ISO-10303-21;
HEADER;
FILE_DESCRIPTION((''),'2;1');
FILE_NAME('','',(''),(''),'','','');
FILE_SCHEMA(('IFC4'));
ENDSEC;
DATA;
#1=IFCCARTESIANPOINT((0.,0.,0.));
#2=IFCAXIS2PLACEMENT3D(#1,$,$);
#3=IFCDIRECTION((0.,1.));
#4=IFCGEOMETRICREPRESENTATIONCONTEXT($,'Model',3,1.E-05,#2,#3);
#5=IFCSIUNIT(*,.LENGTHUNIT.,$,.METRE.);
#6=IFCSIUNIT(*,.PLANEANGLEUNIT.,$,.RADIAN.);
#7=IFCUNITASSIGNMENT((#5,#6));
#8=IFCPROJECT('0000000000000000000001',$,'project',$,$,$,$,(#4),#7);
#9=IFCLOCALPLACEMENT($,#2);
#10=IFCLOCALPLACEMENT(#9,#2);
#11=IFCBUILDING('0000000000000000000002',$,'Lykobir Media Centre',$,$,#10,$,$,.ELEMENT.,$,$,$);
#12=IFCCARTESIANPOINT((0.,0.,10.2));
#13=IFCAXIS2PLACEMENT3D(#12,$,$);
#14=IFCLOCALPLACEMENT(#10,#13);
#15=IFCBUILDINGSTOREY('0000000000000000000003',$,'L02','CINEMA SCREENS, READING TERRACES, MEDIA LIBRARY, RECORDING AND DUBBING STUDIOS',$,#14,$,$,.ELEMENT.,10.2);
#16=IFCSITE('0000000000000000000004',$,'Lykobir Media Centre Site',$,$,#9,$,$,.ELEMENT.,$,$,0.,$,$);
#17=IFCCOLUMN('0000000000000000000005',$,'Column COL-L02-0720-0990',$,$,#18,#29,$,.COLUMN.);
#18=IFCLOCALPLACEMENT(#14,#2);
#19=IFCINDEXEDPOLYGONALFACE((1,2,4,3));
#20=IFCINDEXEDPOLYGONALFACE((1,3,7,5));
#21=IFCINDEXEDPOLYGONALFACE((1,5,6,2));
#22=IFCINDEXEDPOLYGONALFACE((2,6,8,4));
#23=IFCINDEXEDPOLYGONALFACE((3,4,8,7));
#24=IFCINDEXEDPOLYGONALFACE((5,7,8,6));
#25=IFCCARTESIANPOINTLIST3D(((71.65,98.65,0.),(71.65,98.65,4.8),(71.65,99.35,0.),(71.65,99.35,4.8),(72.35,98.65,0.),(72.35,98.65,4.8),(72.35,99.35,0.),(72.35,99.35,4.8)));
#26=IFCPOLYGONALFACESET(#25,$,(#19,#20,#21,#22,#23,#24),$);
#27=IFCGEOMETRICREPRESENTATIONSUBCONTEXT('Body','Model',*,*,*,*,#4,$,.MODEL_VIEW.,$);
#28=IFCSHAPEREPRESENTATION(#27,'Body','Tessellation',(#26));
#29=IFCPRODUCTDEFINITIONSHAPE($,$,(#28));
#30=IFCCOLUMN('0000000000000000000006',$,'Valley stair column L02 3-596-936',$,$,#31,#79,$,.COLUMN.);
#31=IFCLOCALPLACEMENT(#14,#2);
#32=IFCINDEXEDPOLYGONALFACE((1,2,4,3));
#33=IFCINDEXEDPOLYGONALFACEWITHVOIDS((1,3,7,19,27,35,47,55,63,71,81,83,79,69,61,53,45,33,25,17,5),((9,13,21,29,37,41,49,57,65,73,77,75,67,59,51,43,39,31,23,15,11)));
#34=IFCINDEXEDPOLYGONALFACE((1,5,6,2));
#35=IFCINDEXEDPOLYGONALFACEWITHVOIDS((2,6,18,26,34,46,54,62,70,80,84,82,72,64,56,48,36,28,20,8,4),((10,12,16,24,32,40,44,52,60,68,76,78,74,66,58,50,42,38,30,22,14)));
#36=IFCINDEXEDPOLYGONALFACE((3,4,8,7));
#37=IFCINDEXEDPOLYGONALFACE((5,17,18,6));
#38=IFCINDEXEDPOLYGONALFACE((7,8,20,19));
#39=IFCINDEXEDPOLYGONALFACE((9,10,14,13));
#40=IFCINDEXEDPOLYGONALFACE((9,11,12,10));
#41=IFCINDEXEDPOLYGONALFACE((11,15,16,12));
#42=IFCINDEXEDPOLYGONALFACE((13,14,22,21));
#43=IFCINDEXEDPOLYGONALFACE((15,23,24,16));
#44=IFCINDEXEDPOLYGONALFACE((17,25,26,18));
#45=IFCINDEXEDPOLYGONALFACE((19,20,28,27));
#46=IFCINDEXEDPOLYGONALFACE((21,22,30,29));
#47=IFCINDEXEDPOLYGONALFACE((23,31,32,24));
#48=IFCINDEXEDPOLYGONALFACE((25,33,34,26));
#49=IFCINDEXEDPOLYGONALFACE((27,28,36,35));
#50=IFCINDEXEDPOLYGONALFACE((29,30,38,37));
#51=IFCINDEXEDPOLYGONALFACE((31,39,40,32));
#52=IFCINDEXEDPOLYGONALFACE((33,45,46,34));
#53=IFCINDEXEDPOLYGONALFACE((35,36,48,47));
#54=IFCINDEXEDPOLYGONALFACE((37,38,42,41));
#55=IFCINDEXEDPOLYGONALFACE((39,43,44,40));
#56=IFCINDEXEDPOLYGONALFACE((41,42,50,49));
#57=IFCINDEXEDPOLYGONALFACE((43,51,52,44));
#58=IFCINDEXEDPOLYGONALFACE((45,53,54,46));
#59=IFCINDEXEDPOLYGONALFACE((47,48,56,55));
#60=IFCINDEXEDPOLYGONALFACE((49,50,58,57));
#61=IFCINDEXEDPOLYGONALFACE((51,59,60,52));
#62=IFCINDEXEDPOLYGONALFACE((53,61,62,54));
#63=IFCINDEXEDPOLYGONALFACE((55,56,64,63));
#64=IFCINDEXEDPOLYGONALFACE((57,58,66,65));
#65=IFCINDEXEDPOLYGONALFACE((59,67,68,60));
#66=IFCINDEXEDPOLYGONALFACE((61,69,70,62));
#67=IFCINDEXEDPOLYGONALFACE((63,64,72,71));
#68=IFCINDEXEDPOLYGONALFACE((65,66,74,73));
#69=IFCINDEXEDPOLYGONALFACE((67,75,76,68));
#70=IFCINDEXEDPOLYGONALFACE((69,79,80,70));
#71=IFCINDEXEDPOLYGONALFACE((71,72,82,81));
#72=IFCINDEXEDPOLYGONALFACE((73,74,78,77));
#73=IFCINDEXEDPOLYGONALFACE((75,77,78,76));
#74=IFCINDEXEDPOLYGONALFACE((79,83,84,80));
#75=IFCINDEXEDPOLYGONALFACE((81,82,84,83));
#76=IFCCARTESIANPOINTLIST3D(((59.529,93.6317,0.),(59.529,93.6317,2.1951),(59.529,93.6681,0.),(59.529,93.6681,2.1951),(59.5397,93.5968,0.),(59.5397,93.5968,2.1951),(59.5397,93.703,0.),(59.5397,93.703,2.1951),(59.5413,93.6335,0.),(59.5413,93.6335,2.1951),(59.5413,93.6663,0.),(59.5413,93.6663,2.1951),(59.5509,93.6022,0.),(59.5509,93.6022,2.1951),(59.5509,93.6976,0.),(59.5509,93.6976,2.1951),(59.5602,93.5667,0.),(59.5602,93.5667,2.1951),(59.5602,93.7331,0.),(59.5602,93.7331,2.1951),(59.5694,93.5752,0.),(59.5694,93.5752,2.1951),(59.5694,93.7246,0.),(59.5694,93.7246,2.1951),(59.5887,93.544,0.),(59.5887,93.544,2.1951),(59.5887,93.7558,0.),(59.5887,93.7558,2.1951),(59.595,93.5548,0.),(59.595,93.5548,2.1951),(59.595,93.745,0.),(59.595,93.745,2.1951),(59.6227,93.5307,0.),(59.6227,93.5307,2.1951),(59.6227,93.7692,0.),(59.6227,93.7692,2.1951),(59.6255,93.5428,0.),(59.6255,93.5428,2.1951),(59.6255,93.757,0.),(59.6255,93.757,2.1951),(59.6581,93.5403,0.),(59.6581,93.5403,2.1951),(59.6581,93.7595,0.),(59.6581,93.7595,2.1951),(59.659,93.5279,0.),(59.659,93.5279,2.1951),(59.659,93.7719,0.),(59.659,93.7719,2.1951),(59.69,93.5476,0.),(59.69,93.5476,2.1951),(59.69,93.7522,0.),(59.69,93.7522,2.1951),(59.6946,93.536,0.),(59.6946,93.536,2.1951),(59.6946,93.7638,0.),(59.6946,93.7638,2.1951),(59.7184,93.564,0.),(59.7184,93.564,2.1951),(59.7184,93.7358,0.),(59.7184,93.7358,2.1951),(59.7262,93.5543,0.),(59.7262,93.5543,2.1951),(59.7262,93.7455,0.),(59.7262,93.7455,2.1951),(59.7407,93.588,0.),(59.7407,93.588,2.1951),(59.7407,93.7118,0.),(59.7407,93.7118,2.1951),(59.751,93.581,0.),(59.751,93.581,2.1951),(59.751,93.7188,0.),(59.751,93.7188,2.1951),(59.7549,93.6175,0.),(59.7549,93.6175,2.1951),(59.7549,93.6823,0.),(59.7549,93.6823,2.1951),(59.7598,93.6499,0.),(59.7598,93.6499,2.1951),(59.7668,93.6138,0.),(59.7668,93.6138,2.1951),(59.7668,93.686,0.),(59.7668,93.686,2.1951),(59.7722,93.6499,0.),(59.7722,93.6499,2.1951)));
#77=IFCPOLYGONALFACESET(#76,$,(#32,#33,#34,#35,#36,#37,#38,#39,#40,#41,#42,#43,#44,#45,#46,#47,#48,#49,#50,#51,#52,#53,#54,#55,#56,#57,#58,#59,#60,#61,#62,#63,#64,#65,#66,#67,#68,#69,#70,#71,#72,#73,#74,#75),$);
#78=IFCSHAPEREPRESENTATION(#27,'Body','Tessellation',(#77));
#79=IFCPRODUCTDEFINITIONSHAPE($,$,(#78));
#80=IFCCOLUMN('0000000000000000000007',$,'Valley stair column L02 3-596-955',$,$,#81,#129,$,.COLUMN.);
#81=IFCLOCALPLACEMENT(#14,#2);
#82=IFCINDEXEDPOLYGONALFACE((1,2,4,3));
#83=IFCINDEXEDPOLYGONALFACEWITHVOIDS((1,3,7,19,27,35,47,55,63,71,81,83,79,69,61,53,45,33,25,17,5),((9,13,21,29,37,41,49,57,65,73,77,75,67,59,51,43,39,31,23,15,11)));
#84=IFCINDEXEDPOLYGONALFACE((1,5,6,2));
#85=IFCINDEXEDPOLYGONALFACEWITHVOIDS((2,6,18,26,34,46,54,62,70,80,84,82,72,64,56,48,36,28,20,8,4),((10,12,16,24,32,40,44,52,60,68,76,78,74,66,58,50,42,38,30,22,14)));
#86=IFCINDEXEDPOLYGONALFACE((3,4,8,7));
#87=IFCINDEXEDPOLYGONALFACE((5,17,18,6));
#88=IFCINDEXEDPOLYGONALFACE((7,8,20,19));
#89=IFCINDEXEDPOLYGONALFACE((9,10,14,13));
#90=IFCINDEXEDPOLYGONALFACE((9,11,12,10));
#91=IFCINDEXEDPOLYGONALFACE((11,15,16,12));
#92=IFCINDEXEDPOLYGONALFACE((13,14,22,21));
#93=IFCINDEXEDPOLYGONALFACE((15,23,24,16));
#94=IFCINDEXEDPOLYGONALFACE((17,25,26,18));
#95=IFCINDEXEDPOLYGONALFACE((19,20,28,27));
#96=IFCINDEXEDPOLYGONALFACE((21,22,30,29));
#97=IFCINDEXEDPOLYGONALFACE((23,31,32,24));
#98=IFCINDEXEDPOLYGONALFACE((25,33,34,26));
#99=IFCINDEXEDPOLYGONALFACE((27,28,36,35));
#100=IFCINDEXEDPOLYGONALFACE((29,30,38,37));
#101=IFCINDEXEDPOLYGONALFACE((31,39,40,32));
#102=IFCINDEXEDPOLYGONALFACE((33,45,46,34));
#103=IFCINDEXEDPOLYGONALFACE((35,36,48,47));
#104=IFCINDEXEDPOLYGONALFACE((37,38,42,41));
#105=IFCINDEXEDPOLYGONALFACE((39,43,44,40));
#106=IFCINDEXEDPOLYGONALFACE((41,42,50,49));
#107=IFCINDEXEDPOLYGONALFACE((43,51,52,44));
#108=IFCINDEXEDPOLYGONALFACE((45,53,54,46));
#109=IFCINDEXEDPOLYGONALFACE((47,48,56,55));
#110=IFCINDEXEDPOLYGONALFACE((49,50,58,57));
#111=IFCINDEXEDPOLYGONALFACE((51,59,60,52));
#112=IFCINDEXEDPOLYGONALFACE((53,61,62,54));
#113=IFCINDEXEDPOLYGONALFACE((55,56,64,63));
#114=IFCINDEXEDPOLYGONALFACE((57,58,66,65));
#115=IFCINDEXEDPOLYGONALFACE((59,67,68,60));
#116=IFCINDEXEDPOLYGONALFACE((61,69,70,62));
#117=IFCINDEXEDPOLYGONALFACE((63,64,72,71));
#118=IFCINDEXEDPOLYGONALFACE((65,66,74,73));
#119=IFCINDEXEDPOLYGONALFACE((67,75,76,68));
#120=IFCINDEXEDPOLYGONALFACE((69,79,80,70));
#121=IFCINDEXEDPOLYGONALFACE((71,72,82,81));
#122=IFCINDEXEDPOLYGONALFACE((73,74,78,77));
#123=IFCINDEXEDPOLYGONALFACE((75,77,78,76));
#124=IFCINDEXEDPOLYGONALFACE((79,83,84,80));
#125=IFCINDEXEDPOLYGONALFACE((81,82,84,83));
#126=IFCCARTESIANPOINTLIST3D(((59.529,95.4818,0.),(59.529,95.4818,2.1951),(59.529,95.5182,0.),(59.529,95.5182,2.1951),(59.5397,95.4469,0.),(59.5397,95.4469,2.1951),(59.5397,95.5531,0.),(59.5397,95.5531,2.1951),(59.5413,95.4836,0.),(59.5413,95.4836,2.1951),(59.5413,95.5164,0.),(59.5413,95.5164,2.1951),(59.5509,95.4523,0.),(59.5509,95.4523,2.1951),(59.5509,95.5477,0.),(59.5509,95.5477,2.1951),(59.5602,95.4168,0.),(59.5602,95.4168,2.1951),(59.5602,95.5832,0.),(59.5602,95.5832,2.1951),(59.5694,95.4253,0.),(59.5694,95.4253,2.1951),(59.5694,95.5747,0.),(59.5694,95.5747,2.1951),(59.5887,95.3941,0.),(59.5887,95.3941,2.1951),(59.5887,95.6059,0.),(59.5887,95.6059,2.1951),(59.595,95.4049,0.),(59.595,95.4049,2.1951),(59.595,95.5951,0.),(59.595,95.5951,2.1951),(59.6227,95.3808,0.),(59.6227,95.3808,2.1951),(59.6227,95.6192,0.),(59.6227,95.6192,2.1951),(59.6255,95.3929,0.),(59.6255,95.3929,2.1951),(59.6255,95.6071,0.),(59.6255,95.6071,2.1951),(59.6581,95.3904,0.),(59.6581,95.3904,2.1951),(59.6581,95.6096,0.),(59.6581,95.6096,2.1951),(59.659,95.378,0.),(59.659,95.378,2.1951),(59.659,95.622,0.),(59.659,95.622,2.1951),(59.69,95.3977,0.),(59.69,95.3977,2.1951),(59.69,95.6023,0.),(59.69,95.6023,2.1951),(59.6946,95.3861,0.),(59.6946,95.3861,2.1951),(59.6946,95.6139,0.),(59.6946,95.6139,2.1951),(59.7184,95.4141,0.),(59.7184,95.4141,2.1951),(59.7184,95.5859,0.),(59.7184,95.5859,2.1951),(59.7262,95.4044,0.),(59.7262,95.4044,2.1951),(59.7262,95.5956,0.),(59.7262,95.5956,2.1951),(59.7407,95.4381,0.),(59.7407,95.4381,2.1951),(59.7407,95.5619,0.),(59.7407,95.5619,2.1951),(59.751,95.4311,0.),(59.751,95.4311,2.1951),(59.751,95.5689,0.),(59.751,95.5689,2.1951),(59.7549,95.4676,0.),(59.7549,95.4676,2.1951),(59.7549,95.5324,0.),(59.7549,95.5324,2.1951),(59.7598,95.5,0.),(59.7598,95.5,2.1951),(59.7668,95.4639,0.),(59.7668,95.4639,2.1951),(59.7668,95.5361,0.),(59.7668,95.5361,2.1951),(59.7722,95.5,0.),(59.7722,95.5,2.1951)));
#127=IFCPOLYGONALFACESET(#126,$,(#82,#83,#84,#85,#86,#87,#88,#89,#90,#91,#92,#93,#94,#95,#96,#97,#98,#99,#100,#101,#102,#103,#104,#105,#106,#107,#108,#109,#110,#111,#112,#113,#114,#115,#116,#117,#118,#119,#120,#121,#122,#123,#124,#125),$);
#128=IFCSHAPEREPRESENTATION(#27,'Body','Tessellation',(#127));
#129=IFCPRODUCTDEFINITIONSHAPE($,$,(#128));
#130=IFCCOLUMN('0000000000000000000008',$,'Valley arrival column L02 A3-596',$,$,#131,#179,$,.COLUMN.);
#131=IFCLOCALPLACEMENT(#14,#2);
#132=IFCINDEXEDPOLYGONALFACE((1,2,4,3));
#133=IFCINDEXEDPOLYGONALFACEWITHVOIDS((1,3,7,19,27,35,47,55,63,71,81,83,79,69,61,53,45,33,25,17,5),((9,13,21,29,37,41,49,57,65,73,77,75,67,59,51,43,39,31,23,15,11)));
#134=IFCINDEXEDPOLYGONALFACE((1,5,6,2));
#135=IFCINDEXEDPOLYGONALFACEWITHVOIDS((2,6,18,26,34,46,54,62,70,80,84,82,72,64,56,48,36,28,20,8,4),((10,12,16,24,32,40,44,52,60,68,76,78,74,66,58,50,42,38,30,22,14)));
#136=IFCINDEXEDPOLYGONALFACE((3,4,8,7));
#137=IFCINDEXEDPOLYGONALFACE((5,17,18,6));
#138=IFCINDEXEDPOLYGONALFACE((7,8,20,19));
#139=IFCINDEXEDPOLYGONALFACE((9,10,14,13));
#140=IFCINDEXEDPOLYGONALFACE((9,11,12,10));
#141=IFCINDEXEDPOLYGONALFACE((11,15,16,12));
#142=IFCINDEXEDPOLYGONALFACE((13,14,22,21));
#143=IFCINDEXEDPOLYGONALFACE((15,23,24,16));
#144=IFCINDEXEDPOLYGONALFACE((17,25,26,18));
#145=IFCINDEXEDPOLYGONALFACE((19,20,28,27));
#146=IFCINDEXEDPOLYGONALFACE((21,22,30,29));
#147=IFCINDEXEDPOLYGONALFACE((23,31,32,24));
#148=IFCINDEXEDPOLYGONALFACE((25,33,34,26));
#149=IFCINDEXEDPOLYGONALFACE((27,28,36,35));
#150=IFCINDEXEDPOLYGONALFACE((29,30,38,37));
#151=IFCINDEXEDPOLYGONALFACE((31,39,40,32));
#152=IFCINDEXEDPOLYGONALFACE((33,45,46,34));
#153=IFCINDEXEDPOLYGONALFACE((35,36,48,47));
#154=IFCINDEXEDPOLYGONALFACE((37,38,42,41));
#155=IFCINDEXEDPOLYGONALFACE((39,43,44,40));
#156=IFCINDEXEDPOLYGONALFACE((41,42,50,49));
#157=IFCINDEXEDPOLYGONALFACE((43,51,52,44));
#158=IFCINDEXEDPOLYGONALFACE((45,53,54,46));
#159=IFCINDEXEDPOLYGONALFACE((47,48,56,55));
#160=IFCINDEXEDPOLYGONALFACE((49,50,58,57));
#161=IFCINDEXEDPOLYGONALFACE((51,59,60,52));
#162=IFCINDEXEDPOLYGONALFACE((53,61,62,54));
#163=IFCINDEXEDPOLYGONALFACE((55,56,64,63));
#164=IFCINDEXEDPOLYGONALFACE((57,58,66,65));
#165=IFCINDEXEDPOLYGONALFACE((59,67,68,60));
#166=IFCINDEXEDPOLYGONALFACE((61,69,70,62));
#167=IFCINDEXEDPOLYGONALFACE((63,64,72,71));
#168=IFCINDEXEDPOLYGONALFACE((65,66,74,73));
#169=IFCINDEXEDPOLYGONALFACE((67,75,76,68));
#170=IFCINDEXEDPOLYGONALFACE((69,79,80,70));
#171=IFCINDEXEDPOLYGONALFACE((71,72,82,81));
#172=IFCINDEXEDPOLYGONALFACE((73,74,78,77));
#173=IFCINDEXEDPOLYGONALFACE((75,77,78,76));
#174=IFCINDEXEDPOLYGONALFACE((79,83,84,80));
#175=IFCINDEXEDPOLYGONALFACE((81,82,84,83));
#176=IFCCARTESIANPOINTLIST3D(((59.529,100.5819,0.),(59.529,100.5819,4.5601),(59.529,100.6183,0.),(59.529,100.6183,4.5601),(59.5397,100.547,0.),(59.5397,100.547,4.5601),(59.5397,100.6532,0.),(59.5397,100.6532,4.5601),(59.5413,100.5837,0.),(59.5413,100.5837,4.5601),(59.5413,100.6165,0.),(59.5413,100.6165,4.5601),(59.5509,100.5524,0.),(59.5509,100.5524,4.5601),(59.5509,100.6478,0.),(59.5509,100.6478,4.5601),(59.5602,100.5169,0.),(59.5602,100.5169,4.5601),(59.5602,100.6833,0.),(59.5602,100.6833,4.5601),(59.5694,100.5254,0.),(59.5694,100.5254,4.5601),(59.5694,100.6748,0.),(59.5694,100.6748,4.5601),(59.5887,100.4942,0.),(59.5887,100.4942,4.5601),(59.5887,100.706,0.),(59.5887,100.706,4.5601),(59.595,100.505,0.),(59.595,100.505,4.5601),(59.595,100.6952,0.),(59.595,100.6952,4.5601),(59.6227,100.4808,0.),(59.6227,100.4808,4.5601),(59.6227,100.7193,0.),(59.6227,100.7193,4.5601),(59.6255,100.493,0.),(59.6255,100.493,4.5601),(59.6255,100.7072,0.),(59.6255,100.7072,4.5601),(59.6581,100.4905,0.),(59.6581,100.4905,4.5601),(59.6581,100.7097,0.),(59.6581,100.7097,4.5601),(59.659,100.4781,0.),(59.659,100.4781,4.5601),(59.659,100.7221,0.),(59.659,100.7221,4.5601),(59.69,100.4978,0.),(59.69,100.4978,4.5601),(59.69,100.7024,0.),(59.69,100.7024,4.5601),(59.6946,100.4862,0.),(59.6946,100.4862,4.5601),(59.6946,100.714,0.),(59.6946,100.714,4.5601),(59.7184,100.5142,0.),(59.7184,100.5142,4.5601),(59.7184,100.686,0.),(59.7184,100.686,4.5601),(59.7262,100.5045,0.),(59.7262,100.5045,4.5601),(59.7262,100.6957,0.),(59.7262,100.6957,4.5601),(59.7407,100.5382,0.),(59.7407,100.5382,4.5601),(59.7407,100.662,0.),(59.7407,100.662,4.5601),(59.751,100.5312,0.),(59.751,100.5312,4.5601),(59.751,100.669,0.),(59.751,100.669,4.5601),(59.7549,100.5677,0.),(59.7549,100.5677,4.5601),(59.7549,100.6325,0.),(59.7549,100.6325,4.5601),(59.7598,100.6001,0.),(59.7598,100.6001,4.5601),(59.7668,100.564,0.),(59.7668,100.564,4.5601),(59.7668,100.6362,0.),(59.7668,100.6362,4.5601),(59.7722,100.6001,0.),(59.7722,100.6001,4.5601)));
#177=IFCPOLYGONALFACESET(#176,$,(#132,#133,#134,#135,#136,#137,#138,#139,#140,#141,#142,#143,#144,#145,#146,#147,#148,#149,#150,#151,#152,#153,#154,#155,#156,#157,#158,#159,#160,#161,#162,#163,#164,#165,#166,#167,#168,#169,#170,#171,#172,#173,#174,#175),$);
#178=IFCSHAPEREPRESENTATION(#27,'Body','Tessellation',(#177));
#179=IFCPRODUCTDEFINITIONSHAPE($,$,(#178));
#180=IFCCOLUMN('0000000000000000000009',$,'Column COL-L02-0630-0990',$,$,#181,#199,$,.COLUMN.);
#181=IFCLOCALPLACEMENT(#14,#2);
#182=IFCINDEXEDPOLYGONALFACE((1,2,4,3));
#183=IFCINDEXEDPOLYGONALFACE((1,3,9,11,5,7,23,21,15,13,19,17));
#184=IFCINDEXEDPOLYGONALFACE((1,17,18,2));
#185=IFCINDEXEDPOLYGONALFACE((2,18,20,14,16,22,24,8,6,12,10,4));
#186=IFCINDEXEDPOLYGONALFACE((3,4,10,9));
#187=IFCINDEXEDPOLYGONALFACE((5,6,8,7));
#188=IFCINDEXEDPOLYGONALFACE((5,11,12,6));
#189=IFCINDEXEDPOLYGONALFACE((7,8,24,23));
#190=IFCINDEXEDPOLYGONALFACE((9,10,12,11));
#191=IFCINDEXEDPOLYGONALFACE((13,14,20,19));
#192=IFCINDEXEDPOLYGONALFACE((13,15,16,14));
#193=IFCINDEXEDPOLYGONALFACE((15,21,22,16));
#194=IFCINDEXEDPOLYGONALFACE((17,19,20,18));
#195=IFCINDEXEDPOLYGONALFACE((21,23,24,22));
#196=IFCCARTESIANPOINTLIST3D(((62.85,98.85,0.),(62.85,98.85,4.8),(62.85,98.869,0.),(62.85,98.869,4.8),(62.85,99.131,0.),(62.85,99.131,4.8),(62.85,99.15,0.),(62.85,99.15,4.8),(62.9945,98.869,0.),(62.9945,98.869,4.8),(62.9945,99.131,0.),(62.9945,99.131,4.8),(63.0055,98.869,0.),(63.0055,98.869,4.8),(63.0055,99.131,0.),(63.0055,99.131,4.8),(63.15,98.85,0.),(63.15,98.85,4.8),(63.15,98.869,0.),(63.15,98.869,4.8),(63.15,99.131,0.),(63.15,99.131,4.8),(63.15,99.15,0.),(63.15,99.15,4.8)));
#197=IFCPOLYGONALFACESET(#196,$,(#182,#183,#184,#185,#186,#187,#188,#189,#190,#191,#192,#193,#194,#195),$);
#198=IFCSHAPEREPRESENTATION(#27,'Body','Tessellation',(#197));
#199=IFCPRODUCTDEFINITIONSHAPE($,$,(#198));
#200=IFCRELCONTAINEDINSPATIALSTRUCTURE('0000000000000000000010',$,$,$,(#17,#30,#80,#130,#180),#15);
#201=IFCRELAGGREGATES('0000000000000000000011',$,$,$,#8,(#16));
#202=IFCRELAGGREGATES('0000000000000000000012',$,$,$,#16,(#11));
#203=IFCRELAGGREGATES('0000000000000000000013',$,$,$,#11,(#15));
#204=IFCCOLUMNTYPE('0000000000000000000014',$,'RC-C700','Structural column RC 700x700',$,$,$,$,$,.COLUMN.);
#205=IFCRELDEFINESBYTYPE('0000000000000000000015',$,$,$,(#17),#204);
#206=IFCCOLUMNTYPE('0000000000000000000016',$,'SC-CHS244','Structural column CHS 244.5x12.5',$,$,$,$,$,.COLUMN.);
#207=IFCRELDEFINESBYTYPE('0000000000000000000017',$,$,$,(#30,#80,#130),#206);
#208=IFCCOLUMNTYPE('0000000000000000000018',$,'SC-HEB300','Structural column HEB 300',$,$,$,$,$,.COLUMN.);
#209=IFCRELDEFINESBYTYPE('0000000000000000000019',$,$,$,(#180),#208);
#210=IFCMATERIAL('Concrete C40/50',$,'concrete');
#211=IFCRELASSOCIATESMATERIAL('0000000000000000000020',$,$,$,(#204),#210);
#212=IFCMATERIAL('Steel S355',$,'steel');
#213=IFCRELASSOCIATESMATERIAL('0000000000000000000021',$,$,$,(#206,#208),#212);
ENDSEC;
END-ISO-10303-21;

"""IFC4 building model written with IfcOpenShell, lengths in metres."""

from ifc_helpers import new_model, si_unit, direction, frame, origin, origin_2d, place, context, subcontext, project, spatial, rectangle, hollow_circle, i_section, extrude, material, material_profile, profile_set, type_object, element, save


model = new_model("IFC4")

# Units and contexts
model_context = context("Model", 3, precision=1e-05, world=origin(), true_north=direction((0.0, 1.0)))
body_context = subcontext(model_context, "Body", "Model", "MODEL_VIEW")
ifc_project = project(units=[si_unit("LENGTHUNIT", "METRE"), si_unit("PLANEANGLEUNIT", "RADIAN")], contexts=[model_context])

# Site, building, storey
site_placement = place(None, origin())
site = spatial("IfcSite", under=ifc_project, at=site_placement, Name="Lykobir Media Centre Site", CompositionType="ELEMENT", RefElevation=0.0)
building_placement = place(site_placement, origin())
building = spatial("IfcBuilding", under=site, at=building_placement, Name="Lykobir Media Centre", CompositionType="ELEMENT")
storey_placement = place(building_placement, frame((0.0, 0.0, 10.2)))
storey = spatial("IfcBuildingStorey", under=building, at=storey_placement, Name="L02", Description="CINEMA SCREENS, READING TERRACES, MEDIA LIBRARY, RECORDING AND DUBBING STUDIOS", CompositionType="ELEMENT", Elevation=10.2)

# Columns
ifc_material_1 = material(Name="Concrete C40/50", Category="concrete")
ifc_material_profile_1 = material_profile(ifc_material_1, rectangle(XDim=0.7, YDim=0.7, at=origin_2d()), Name="RC 700x700")
ifc_profile_set_1 = profile_set([ifc_material_profile_1], Name="Concrete C40/50")
column_type_1 = type_object("IfcColumnType", Name="RC-C700", Description="Structural column RC 700x700", PredefinedType="COLUMN", material=ifc_profile_set_1)
column_1_placement = place(storey_placement, frame((72.0, 99.0, 0.0), z_axis=(0.0, 0.0, 1.0), x_axis=(1.0, 0.0, 0.0)))
element("IfcColumn", 1, at=column_1_placement, inside=storey, type_object=column_type_1, Name="Column COL-L02-0720-0990", PredefinedType="COLUMN", context=body_context, shape_type="SweptSolid", body=[
    extrude(rectangle(XDim=0.7, YDim=0.7, at=origin_2d()), origin(), (0.0, 0.0, 1.0), 4.8),
])
ifc_material_2 = material(Name="Steel S355", Category="steel")
ifc_material_profile_2 = material_profile(ifc_material_2, hollow_circle(Radius=0.1223, WallThickness=0.0125, at=origin_2d()), Name="CHS 244.5x12.5")
ifc_profile_set_2 = profile_set([ifc_material_profile_2], Name="Steel S355")
column_type_2 = type_object("IfcColumnType", Name="SC-CHS244", Description="Structural column CHS 244.5x12.5", PredefinedType="COLUMN", material=ifc_profile_set_2)
for number, where, z_axis, x_axis, name in (
    (2, (59.6499, 93.6499, 0.0), (0.0, 0.0, 1.0), (1.0, 0.0, 0.0), "Valley stair column L02 3-596-936"),
    (3, (59.6499, 95.5, 0.0), (0.0, 0.0, 1.0), (1.0, 0.0, 0.0), "Valley stair column L02 3-596-955"),
):
    element("IfcColumn", number, at=place(storey_placement, frame(where, z_axis=z_axis, x_axis=x_axis)), inside=storey, type_object=column_type_2, Name=name, PredefinedType="COLUMN", context=body_context, shape_type="SweptSolid", body=[
        extrude(hollow_circle(Radius=0.1223, WallThickness=0.0125, at=origin_2d()), origin(), (0.0, 0.0, 1.0), 2.1951),
    ])
column_2_placement = place(storey_placement, frame((59.6499, 100.6001, 0.0), z_axis=(0.0, 0.0, 1.0), x_axis=(1.0, 0.0, 0.0)))
element("IfcColumn", 4, at=column_2_placement, inside=storey, type_object=column_type_2, Name="Valley arrival column L02 A3-596", PredefinedType="COLUMN", context=body_context, shape_type="SweptSolid", body=[
    extrude(hollow_circle(Radius=0.1223, WallThickness=0.0125, at=origin_2d()), origin(), (0.0, 0.0, 1.0), 4.5601),
])
ifc_material_profile_3 = material_profile(ifc_material_2, i_section(OverallWidth=0.3, OverallDepth=0.3, WebThickness=0.011, FlangeThickness=0.019, at=origin_2d()), Name="HEB 300")
ifc_profile_set_3 = profile_set([ifc_material_profile_3], Name="Steel S355")
column_type_3 = type_object("IfcColumnType", Name="SC-HEB300", Description="Structural column HEB 300", PredefinedType="COLUMN", material=ifc_profile_set_3)
column_3_placement = place(storey_placement, frame((63.0, 99.0, 0.0), z_axis=(0.0, 0.0, 1.0), x_axis=(1.0, 0.0, 0.0)))
element("IfcColumn", 5, at=column_3_placement, inside=storey, type_object=column_type_3, Name="Column COL-L02-0630-0990", PredefinedType="COLUMN", context=body_context, shape_type="SweptSolid", body=[
    extrude(i_section(OverallWidth=0.3, OverallDepth=0.3, WebThickness=0.011, FlangeThickness=0.019, at=origin_2d()), origin(), (0.0, 0.0, 1.0), 4.8),
])

save(model, "model.ifc")
